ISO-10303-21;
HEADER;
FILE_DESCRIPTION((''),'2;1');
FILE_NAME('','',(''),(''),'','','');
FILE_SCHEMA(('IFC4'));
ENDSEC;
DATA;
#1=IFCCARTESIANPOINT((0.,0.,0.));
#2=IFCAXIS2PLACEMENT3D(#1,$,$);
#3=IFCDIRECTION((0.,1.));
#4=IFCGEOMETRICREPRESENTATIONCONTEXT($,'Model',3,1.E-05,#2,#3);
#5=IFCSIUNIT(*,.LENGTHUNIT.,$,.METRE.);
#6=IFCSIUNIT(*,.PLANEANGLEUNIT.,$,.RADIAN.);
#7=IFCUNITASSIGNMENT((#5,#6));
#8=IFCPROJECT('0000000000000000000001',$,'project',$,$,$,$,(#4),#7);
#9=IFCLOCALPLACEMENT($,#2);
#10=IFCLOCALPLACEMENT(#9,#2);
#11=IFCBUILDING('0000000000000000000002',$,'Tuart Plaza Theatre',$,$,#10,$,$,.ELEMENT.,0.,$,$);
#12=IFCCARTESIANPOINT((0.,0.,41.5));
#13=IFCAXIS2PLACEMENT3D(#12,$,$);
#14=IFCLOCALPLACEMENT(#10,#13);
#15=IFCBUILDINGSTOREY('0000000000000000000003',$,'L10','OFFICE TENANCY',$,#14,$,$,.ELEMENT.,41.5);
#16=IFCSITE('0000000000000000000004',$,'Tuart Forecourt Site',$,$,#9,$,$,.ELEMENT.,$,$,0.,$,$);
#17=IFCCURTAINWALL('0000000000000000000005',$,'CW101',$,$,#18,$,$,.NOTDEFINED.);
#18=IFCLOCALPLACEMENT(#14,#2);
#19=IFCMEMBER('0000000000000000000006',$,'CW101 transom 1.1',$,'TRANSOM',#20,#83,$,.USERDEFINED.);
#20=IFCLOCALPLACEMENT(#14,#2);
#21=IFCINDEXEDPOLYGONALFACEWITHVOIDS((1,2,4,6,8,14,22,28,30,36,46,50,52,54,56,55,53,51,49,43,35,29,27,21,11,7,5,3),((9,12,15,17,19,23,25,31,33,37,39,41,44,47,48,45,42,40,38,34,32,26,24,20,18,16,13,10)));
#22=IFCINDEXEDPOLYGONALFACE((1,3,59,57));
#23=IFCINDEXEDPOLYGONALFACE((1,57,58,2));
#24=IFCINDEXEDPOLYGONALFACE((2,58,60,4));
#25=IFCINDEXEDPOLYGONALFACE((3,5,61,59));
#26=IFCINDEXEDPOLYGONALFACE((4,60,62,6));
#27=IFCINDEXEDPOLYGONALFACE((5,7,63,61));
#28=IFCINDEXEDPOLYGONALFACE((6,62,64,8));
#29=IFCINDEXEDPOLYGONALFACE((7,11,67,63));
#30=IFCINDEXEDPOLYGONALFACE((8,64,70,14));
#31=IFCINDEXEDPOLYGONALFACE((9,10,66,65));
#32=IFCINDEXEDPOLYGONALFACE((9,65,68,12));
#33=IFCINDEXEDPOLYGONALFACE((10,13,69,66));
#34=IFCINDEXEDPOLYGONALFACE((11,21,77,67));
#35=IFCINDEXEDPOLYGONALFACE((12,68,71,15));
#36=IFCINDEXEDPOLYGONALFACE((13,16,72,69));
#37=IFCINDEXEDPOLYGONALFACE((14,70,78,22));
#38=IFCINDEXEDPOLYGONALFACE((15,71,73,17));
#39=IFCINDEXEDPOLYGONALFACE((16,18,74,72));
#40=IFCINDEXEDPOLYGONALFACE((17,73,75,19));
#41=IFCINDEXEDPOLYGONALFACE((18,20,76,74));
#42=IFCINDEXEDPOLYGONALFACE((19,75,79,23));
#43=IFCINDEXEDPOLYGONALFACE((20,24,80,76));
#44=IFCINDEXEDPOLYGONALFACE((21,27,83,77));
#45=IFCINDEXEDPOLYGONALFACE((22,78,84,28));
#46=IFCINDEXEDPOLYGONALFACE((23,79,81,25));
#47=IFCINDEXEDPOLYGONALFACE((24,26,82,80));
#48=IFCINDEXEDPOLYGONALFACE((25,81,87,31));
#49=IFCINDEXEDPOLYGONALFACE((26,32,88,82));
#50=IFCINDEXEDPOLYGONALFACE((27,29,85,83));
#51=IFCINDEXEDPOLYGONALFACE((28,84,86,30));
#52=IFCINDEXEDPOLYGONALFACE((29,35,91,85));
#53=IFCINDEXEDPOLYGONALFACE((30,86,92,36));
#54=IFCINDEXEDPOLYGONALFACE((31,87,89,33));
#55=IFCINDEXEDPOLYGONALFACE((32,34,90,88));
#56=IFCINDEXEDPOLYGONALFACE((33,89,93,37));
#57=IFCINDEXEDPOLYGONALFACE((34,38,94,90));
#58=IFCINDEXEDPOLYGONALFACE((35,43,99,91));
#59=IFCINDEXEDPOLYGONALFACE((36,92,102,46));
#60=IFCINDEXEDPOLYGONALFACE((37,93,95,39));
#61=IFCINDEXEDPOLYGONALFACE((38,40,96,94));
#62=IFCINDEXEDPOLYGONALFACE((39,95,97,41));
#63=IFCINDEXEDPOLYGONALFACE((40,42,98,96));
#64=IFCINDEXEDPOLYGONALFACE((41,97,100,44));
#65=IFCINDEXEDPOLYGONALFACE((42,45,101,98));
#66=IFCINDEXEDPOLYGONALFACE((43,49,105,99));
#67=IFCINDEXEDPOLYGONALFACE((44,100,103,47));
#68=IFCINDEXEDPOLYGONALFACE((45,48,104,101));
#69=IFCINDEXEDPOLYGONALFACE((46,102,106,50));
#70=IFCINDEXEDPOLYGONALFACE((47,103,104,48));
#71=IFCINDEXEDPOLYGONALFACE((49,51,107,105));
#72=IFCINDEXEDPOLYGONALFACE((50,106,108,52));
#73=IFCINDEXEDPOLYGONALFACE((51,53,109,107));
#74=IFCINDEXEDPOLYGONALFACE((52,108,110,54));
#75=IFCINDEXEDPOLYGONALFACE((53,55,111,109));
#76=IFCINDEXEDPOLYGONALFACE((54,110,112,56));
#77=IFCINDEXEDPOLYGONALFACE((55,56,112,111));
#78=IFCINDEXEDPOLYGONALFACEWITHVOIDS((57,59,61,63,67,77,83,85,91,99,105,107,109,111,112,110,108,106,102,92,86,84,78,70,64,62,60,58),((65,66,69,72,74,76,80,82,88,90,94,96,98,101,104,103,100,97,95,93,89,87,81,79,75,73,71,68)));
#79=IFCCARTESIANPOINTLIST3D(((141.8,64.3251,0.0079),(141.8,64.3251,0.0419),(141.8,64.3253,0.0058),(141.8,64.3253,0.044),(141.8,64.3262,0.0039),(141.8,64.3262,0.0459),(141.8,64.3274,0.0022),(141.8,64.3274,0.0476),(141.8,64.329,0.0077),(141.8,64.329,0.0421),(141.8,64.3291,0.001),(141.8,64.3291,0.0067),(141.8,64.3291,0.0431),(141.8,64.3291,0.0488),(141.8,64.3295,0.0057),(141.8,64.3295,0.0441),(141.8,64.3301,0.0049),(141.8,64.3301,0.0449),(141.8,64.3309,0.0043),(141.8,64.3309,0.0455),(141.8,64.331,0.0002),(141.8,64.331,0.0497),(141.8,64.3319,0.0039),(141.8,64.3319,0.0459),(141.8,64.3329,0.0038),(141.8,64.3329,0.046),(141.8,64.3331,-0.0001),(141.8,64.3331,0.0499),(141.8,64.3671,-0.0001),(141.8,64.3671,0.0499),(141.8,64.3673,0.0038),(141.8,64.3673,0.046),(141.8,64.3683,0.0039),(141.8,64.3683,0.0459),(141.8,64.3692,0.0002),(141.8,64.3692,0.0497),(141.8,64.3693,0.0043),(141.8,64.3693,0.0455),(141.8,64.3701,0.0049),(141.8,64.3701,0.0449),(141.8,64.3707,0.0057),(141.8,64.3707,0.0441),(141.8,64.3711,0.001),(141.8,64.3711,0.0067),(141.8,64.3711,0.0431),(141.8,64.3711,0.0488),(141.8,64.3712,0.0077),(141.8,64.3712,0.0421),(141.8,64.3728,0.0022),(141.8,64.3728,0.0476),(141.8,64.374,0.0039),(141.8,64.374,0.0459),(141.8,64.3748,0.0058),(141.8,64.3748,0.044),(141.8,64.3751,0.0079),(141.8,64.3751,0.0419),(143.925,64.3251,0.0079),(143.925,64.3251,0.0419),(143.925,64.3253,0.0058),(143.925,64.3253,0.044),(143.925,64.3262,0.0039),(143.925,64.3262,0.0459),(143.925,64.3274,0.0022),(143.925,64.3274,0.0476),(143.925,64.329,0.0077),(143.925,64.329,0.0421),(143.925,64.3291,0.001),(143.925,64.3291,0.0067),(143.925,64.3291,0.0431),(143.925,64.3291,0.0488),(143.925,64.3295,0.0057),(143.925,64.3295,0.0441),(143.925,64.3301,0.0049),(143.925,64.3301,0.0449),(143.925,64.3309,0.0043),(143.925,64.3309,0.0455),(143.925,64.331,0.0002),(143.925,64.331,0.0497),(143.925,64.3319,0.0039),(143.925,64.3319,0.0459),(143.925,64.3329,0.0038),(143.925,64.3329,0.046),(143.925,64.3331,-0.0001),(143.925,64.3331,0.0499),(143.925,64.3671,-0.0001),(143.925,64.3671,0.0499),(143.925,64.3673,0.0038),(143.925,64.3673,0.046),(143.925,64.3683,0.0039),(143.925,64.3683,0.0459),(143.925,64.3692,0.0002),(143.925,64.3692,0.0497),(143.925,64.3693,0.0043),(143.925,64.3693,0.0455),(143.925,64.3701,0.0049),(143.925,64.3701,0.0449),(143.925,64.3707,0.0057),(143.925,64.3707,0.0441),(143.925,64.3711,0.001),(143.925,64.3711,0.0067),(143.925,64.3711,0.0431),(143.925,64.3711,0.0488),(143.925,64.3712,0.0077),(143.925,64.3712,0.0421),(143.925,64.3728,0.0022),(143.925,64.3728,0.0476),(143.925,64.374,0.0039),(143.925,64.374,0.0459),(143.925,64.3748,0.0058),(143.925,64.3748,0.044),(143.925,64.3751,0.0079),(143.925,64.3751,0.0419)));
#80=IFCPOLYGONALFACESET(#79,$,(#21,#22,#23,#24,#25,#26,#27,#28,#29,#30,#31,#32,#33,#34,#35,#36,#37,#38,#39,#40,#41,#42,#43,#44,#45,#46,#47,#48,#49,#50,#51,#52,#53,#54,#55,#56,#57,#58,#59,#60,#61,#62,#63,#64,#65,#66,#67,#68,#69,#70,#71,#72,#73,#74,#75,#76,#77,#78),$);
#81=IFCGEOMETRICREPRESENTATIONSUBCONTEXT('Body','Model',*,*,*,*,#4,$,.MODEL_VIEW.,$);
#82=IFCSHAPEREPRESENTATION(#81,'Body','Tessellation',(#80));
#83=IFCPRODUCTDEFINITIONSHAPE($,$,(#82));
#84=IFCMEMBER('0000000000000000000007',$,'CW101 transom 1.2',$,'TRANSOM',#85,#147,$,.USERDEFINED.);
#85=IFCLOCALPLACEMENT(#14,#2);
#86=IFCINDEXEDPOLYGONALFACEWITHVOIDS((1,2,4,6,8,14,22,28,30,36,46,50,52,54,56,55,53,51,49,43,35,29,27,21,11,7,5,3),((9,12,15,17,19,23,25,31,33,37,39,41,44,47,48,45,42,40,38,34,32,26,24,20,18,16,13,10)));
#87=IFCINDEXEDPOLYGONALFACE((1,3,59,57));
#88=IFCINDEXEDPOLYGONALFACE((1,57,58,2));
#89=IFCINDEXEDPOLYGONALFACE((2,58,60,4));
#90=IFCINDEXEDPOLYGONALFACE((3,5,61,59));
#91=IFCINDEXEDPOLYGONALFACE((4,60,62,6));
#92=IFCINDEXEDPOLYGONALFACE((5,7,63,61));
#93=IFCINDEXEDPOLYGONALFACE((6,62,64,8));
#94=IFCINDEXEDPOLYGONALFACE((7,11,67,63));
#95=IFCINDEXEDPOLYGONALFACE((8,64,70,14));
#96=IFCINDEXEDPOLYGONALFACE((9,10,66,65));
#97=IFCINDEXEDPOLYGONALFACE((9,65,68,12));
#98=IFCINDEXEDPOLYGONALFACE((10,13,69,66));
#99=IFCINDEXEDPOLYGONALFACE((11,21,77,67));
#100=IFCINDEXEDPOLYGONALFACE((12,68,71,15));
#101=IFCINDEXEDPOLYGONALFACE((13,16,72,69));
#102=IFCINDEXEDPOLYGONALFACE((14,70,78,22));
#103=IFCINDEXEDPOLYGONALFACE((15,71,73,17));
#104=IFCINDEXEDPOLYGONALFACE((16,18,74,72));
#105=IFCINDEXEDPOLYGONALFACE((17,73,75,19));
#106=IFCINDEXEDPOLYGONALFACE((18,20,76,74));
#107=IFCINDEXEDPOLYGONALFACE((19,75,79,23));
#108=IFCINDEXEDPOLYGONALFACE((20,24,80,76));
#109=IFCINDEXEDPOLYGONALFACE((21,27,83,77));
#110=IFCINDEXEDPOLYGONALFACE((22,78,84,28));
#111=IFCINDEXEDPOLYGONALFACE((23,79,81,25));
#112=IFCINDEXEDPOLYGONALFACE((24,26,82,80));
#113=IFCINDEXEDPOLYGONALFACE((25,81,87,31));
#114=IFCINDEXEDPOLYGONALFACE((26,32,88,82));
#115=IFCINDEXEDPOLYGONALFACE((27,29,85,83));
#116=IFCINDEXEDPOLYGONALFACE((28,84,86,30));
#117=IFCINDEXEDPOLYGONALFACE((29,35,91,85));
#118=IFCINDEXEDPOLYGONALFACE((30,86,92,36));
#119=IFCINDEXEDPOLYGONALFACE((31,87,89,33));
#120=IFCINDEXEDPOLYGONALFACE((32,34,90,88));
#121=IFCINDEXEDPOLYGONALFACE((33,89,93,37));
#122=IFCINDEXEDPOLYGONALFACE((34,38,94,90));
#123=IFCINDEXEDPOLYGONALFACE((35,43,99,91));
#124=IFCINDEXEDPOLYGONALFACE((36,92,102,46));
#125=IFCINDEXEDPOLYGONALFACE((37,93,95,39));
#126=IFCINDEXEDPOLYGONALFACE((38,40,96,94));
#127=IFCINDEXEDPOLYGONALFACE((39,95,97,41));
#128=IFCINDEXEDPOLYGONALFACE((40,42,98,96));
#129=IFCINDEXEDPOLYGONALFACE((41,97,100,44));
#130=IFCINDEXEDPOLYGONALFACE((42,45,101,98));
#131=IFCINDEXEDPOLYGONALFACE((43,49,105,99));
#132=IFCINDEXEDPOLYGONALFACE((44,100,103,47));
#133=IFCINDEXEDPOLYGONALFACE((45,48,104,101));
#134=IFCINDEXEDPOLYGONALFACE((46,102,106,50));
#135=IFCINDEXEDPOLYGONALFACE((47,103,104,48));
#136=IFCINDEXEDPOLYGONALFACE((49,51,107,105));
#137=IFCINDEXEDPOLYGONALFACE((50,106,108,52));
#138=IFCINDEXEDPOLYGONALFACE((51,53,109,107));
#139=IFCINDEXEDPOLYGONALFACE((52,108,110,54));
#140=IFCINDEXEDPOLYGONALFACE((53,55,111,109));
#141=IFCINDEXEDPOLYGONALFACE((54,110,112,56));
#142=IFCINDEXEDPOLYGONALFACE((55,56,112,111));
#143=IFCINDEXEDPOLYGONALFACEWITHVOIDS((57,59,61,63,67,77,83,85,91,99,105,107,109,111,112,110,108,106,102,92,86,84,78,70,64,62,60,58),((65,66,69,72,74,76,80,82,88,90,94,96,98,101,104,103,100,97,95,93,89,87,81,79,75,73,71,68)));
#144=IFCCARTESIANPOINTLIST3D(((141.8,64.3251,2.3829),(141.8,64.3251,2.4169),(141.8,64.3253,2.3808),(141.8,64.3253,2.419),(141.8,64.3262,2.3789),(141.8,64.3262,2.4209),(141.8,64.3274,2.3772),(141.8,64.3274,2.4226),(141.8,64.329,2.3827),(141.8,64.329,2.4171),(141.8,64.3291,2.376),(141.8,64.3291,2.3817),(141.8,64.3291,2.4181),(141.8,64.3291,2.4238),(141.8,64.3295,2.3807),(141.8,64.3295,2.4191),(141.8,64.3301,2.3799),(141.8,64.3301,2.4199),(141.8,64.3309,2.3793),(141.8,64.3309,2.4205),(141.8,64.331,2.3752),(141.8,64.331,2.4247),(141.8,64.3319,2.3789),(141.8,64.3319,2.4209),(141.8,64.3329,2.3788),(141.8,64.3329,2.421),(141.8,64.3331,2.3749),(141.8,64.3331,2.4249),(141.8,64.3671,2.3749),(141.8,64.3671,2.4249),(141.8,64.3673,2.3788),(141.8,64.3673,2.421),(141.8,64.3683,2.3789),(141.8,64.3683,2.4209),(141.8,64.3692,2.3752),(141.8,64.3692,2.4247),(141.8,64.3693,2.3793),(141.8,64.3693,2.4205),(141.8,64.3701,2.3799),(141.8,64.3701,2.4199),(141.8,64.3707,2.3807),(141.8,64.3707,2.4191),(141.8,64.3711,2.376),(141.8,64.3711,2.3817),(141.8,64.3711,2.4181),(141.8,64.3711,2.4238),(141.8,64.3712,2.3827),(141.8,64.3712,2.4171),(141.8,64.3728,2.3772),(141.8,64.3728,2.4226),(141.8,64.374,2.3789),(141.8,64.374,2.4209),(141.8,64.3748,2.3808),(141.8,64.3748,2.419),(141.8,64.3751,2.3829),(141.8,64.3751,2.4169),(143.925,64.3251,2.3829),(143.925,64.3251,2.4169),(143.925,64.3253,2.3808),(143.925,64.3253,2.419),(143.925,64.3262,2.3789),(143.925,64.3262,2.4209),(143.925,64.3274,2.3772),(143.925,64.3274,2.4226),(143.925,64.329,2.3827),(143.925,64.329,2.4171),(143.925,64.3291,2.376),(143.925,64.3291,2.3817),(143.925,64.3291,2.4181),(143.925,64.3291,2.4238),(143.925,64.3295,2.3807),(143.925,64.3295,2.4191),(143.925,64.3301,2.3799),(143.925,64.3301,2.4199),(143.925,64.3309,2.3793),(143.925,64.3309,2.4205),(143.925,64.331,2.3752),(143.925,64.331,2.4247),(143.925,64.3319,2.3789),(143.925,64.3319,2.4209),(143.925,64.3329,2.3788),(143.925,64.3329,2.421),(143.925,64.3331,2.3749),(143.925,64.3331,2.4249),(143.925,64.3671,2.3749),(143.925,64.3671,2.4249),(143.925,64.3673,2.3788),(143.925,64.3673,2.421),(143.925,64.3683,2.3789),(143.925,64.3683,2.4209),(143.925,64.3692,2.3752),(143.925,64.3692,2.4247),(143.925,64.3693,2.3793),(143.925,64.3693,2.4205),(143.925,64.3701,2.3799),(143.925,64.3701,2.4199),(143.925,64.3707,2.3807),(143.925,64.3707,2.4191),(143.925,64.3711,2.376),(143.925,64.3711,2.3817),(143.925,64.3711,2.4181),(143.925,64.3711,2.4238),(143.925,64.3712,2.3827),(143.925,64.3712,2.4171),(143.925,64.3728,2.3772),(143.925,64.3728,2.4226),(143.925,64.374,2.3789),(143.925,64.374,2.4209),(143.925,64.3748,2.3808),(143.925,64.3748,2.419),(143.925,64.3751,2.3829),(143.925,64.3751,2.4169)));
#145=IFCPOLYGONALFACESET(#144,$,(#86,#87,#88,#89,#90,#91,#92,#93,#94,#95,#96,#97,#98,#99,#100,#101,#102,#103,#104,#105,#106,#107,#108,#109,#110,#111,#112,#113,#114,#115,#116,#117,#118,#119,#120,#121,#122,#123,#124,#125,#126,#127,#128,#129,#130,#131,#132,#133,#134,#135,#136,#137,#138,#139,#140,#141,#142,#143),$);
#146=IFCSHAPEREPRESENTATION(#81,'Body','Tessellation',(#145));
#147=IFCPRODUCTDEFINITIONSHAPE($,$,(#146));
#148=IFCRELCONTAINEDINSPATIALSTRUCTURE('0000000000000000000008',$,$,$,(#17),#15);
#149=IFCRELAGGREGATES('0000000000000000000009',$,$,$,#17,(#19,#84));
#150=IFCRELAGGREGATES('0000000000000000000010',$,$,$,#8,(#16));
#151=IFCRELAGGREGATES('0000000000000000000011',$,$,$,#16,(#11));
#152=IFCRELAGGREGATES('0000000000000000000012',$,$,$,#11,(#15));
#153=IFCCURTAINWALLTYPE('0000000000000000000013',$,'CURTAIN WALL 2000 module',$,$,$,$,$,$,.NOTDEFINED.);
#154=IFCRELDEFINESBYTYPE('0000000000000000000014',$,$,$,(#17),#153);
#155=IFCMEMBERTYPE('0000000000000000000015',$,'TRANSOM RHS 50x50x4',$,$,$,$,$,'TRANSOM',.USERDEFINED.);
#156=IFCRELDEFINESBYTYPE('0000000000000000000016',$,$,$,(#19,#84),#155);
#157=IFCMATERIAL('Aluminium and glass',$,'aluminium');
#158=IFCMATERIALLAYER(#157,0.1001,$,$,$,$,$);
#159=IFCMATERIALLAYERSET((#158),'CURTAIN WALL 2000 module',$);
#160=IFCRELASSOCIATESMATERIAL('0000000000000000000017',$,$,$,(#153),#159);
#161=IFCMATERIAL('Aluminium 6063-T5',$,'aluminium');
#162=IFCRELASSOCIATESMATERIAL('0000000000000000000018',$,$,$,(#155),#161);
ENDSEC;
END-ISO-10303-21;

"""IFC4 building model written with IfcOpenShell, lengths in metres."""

from ifc_helpers import new_model, si_unit, direction, frame, origin, origin_2d, place, context, subcontext, project, spatial, hollow_rectangle, extrude, material, layer, layer_set, material_profile, profile_set, type_object, element, aggregate, save


model = new_model("IFC4")

# Units and contexts
model_context = context("Model", 3, precision=1e-05, world=origin(), true_north=direction((0.0, 1.0)))
body_context = subcontext(model_context, "Body", "Model", "MODEL_VIEW")
ifc_project = project(units=[si_unit("LENGTHUNIT", "METRE"), si_unit("PLANEANGLEUNIT", "RADIAN")], contexts=[model_context])

# Site, building, storey
site_placement = place(None, origin())
site = spatial("IfcSite", under=ifc_project, at=site_placement, Name="Tuart Forecourt Site", CompositionType="ELEMENT", RefElevation=0.0)
building_placement = place(site_placement, origin())
building = spatial("IfcBuilding", under=site, at=building_placement, Name="Tuart Plaza Theatre", CompositionType="ELEMENT", ElevationOfRefHeight=0.0)
storey_placement = place(building_placement, frame((0.0, 0.0, 41.5)))
storey = spatial("IfcBuildingStorey", under=building, at=storey_placement, Name="L10", Description="OFFICE TENANCY", CompositionType="ELEMENT", Elevation=41.5)

# Shared definitions
ifc_material_1 = material(Name="Aluminium and glass", Category="aluminium")
ifc_layer_1 = layer(ifc_material_1, 0.1001)
ifc_layer_set_1 = layer_set([ifc_layer_1], Name="CURTAIN WALL 2000 module")
curtain_wall_type = type_object("IfcCurtainWallType", Name="CURTAIN WALL 2000 module", PredefinedType="NOTDEFINED", material=ifc_layer_set_1)

# Curtain wall, members
curtain_wall_1_placement = place(storey_placement, origin())
curtain_wall_1 = element("IfcCurtainWall", 1, at=curtain_wall_1_placement, inside=storey, type_object=curtain_wall_type, Name="CW101", PredefinedType="NOTDEFINED")
ifc_material_2 = material(Name="Aluminium 6063-T5", Category="aluminium")
ifc_material_profile_1 = material_profile(ifc_material_2, hollow_rectangle(XDim=0.05, YDim=0.05, WallThickness=0.0039, InnerFilletRadius=0.0039, OuterFilletRadius=0.0081, at=origin_2d()), Name="RHS 50x50x4")
ifc_profile_set_1 = profile_set([ifc_material_profile_1], Name="Aluminium 6063-T5")
member_type_1 = type_object("IfcMemberType", Name="TRANSOM RHS 50x50x4", ElementType="TRANSOM", PredefinedType="USERDEFINED", material=ifc_profile_set_1)
member_1_placement = place(storey_placement, frame((141.8, 64.3501, 0.0249), z_axis=(1.0, 0.0, 0.0), x_axis=(0.0, 1.0, 0.0)))
member_1 = element("IfcMember", 2, at=member_1_placement, type_object=member_type_1, Name="CW101 transom 1.1", ObjectType="TRANSOM", PredefinedType="USERDEFINED", context=body_context, shape_type="SweptSolid", body=[
    extrude(hollow_rectangle(XDim=0.05, YDim=0.05, WallThickness=0.0039, InnerFilletRadius=0.0039, OuterFilletRadius=0.0081, at=origin_2d()), origin(), (0.0, 0.0, 1.0), 2.125),
])
member_2_placement = place(storey_placement, frame((141.8, 64.3501, 2.3999), z_axis=(1.0, 0.0, 0.0), x_axis=(0.0, 1.0, 0.0)))
member_2 = element("IfcMember", 3, at=member_2_placement, type_object=member_type_1, Name="CW101 transom 1.2", ObjectType="TRANSOM", PredefinedType="USERDEFINED", context=body_context, shape_type="SweptSolid", body=[
    extrude(hollow_rectangle(XDim=0.05, YDim=0.05, WallThickness=0.0039, InnerFilletRadius=0.0039, OuterFilletRadius=0.0081, at=origin_2d()), origin(), (0.0, 0.0, 1.0), 2.125),
])

aggregate(curtain_wall_1, [member_1, member_2])

save(model, "model.ifc")
